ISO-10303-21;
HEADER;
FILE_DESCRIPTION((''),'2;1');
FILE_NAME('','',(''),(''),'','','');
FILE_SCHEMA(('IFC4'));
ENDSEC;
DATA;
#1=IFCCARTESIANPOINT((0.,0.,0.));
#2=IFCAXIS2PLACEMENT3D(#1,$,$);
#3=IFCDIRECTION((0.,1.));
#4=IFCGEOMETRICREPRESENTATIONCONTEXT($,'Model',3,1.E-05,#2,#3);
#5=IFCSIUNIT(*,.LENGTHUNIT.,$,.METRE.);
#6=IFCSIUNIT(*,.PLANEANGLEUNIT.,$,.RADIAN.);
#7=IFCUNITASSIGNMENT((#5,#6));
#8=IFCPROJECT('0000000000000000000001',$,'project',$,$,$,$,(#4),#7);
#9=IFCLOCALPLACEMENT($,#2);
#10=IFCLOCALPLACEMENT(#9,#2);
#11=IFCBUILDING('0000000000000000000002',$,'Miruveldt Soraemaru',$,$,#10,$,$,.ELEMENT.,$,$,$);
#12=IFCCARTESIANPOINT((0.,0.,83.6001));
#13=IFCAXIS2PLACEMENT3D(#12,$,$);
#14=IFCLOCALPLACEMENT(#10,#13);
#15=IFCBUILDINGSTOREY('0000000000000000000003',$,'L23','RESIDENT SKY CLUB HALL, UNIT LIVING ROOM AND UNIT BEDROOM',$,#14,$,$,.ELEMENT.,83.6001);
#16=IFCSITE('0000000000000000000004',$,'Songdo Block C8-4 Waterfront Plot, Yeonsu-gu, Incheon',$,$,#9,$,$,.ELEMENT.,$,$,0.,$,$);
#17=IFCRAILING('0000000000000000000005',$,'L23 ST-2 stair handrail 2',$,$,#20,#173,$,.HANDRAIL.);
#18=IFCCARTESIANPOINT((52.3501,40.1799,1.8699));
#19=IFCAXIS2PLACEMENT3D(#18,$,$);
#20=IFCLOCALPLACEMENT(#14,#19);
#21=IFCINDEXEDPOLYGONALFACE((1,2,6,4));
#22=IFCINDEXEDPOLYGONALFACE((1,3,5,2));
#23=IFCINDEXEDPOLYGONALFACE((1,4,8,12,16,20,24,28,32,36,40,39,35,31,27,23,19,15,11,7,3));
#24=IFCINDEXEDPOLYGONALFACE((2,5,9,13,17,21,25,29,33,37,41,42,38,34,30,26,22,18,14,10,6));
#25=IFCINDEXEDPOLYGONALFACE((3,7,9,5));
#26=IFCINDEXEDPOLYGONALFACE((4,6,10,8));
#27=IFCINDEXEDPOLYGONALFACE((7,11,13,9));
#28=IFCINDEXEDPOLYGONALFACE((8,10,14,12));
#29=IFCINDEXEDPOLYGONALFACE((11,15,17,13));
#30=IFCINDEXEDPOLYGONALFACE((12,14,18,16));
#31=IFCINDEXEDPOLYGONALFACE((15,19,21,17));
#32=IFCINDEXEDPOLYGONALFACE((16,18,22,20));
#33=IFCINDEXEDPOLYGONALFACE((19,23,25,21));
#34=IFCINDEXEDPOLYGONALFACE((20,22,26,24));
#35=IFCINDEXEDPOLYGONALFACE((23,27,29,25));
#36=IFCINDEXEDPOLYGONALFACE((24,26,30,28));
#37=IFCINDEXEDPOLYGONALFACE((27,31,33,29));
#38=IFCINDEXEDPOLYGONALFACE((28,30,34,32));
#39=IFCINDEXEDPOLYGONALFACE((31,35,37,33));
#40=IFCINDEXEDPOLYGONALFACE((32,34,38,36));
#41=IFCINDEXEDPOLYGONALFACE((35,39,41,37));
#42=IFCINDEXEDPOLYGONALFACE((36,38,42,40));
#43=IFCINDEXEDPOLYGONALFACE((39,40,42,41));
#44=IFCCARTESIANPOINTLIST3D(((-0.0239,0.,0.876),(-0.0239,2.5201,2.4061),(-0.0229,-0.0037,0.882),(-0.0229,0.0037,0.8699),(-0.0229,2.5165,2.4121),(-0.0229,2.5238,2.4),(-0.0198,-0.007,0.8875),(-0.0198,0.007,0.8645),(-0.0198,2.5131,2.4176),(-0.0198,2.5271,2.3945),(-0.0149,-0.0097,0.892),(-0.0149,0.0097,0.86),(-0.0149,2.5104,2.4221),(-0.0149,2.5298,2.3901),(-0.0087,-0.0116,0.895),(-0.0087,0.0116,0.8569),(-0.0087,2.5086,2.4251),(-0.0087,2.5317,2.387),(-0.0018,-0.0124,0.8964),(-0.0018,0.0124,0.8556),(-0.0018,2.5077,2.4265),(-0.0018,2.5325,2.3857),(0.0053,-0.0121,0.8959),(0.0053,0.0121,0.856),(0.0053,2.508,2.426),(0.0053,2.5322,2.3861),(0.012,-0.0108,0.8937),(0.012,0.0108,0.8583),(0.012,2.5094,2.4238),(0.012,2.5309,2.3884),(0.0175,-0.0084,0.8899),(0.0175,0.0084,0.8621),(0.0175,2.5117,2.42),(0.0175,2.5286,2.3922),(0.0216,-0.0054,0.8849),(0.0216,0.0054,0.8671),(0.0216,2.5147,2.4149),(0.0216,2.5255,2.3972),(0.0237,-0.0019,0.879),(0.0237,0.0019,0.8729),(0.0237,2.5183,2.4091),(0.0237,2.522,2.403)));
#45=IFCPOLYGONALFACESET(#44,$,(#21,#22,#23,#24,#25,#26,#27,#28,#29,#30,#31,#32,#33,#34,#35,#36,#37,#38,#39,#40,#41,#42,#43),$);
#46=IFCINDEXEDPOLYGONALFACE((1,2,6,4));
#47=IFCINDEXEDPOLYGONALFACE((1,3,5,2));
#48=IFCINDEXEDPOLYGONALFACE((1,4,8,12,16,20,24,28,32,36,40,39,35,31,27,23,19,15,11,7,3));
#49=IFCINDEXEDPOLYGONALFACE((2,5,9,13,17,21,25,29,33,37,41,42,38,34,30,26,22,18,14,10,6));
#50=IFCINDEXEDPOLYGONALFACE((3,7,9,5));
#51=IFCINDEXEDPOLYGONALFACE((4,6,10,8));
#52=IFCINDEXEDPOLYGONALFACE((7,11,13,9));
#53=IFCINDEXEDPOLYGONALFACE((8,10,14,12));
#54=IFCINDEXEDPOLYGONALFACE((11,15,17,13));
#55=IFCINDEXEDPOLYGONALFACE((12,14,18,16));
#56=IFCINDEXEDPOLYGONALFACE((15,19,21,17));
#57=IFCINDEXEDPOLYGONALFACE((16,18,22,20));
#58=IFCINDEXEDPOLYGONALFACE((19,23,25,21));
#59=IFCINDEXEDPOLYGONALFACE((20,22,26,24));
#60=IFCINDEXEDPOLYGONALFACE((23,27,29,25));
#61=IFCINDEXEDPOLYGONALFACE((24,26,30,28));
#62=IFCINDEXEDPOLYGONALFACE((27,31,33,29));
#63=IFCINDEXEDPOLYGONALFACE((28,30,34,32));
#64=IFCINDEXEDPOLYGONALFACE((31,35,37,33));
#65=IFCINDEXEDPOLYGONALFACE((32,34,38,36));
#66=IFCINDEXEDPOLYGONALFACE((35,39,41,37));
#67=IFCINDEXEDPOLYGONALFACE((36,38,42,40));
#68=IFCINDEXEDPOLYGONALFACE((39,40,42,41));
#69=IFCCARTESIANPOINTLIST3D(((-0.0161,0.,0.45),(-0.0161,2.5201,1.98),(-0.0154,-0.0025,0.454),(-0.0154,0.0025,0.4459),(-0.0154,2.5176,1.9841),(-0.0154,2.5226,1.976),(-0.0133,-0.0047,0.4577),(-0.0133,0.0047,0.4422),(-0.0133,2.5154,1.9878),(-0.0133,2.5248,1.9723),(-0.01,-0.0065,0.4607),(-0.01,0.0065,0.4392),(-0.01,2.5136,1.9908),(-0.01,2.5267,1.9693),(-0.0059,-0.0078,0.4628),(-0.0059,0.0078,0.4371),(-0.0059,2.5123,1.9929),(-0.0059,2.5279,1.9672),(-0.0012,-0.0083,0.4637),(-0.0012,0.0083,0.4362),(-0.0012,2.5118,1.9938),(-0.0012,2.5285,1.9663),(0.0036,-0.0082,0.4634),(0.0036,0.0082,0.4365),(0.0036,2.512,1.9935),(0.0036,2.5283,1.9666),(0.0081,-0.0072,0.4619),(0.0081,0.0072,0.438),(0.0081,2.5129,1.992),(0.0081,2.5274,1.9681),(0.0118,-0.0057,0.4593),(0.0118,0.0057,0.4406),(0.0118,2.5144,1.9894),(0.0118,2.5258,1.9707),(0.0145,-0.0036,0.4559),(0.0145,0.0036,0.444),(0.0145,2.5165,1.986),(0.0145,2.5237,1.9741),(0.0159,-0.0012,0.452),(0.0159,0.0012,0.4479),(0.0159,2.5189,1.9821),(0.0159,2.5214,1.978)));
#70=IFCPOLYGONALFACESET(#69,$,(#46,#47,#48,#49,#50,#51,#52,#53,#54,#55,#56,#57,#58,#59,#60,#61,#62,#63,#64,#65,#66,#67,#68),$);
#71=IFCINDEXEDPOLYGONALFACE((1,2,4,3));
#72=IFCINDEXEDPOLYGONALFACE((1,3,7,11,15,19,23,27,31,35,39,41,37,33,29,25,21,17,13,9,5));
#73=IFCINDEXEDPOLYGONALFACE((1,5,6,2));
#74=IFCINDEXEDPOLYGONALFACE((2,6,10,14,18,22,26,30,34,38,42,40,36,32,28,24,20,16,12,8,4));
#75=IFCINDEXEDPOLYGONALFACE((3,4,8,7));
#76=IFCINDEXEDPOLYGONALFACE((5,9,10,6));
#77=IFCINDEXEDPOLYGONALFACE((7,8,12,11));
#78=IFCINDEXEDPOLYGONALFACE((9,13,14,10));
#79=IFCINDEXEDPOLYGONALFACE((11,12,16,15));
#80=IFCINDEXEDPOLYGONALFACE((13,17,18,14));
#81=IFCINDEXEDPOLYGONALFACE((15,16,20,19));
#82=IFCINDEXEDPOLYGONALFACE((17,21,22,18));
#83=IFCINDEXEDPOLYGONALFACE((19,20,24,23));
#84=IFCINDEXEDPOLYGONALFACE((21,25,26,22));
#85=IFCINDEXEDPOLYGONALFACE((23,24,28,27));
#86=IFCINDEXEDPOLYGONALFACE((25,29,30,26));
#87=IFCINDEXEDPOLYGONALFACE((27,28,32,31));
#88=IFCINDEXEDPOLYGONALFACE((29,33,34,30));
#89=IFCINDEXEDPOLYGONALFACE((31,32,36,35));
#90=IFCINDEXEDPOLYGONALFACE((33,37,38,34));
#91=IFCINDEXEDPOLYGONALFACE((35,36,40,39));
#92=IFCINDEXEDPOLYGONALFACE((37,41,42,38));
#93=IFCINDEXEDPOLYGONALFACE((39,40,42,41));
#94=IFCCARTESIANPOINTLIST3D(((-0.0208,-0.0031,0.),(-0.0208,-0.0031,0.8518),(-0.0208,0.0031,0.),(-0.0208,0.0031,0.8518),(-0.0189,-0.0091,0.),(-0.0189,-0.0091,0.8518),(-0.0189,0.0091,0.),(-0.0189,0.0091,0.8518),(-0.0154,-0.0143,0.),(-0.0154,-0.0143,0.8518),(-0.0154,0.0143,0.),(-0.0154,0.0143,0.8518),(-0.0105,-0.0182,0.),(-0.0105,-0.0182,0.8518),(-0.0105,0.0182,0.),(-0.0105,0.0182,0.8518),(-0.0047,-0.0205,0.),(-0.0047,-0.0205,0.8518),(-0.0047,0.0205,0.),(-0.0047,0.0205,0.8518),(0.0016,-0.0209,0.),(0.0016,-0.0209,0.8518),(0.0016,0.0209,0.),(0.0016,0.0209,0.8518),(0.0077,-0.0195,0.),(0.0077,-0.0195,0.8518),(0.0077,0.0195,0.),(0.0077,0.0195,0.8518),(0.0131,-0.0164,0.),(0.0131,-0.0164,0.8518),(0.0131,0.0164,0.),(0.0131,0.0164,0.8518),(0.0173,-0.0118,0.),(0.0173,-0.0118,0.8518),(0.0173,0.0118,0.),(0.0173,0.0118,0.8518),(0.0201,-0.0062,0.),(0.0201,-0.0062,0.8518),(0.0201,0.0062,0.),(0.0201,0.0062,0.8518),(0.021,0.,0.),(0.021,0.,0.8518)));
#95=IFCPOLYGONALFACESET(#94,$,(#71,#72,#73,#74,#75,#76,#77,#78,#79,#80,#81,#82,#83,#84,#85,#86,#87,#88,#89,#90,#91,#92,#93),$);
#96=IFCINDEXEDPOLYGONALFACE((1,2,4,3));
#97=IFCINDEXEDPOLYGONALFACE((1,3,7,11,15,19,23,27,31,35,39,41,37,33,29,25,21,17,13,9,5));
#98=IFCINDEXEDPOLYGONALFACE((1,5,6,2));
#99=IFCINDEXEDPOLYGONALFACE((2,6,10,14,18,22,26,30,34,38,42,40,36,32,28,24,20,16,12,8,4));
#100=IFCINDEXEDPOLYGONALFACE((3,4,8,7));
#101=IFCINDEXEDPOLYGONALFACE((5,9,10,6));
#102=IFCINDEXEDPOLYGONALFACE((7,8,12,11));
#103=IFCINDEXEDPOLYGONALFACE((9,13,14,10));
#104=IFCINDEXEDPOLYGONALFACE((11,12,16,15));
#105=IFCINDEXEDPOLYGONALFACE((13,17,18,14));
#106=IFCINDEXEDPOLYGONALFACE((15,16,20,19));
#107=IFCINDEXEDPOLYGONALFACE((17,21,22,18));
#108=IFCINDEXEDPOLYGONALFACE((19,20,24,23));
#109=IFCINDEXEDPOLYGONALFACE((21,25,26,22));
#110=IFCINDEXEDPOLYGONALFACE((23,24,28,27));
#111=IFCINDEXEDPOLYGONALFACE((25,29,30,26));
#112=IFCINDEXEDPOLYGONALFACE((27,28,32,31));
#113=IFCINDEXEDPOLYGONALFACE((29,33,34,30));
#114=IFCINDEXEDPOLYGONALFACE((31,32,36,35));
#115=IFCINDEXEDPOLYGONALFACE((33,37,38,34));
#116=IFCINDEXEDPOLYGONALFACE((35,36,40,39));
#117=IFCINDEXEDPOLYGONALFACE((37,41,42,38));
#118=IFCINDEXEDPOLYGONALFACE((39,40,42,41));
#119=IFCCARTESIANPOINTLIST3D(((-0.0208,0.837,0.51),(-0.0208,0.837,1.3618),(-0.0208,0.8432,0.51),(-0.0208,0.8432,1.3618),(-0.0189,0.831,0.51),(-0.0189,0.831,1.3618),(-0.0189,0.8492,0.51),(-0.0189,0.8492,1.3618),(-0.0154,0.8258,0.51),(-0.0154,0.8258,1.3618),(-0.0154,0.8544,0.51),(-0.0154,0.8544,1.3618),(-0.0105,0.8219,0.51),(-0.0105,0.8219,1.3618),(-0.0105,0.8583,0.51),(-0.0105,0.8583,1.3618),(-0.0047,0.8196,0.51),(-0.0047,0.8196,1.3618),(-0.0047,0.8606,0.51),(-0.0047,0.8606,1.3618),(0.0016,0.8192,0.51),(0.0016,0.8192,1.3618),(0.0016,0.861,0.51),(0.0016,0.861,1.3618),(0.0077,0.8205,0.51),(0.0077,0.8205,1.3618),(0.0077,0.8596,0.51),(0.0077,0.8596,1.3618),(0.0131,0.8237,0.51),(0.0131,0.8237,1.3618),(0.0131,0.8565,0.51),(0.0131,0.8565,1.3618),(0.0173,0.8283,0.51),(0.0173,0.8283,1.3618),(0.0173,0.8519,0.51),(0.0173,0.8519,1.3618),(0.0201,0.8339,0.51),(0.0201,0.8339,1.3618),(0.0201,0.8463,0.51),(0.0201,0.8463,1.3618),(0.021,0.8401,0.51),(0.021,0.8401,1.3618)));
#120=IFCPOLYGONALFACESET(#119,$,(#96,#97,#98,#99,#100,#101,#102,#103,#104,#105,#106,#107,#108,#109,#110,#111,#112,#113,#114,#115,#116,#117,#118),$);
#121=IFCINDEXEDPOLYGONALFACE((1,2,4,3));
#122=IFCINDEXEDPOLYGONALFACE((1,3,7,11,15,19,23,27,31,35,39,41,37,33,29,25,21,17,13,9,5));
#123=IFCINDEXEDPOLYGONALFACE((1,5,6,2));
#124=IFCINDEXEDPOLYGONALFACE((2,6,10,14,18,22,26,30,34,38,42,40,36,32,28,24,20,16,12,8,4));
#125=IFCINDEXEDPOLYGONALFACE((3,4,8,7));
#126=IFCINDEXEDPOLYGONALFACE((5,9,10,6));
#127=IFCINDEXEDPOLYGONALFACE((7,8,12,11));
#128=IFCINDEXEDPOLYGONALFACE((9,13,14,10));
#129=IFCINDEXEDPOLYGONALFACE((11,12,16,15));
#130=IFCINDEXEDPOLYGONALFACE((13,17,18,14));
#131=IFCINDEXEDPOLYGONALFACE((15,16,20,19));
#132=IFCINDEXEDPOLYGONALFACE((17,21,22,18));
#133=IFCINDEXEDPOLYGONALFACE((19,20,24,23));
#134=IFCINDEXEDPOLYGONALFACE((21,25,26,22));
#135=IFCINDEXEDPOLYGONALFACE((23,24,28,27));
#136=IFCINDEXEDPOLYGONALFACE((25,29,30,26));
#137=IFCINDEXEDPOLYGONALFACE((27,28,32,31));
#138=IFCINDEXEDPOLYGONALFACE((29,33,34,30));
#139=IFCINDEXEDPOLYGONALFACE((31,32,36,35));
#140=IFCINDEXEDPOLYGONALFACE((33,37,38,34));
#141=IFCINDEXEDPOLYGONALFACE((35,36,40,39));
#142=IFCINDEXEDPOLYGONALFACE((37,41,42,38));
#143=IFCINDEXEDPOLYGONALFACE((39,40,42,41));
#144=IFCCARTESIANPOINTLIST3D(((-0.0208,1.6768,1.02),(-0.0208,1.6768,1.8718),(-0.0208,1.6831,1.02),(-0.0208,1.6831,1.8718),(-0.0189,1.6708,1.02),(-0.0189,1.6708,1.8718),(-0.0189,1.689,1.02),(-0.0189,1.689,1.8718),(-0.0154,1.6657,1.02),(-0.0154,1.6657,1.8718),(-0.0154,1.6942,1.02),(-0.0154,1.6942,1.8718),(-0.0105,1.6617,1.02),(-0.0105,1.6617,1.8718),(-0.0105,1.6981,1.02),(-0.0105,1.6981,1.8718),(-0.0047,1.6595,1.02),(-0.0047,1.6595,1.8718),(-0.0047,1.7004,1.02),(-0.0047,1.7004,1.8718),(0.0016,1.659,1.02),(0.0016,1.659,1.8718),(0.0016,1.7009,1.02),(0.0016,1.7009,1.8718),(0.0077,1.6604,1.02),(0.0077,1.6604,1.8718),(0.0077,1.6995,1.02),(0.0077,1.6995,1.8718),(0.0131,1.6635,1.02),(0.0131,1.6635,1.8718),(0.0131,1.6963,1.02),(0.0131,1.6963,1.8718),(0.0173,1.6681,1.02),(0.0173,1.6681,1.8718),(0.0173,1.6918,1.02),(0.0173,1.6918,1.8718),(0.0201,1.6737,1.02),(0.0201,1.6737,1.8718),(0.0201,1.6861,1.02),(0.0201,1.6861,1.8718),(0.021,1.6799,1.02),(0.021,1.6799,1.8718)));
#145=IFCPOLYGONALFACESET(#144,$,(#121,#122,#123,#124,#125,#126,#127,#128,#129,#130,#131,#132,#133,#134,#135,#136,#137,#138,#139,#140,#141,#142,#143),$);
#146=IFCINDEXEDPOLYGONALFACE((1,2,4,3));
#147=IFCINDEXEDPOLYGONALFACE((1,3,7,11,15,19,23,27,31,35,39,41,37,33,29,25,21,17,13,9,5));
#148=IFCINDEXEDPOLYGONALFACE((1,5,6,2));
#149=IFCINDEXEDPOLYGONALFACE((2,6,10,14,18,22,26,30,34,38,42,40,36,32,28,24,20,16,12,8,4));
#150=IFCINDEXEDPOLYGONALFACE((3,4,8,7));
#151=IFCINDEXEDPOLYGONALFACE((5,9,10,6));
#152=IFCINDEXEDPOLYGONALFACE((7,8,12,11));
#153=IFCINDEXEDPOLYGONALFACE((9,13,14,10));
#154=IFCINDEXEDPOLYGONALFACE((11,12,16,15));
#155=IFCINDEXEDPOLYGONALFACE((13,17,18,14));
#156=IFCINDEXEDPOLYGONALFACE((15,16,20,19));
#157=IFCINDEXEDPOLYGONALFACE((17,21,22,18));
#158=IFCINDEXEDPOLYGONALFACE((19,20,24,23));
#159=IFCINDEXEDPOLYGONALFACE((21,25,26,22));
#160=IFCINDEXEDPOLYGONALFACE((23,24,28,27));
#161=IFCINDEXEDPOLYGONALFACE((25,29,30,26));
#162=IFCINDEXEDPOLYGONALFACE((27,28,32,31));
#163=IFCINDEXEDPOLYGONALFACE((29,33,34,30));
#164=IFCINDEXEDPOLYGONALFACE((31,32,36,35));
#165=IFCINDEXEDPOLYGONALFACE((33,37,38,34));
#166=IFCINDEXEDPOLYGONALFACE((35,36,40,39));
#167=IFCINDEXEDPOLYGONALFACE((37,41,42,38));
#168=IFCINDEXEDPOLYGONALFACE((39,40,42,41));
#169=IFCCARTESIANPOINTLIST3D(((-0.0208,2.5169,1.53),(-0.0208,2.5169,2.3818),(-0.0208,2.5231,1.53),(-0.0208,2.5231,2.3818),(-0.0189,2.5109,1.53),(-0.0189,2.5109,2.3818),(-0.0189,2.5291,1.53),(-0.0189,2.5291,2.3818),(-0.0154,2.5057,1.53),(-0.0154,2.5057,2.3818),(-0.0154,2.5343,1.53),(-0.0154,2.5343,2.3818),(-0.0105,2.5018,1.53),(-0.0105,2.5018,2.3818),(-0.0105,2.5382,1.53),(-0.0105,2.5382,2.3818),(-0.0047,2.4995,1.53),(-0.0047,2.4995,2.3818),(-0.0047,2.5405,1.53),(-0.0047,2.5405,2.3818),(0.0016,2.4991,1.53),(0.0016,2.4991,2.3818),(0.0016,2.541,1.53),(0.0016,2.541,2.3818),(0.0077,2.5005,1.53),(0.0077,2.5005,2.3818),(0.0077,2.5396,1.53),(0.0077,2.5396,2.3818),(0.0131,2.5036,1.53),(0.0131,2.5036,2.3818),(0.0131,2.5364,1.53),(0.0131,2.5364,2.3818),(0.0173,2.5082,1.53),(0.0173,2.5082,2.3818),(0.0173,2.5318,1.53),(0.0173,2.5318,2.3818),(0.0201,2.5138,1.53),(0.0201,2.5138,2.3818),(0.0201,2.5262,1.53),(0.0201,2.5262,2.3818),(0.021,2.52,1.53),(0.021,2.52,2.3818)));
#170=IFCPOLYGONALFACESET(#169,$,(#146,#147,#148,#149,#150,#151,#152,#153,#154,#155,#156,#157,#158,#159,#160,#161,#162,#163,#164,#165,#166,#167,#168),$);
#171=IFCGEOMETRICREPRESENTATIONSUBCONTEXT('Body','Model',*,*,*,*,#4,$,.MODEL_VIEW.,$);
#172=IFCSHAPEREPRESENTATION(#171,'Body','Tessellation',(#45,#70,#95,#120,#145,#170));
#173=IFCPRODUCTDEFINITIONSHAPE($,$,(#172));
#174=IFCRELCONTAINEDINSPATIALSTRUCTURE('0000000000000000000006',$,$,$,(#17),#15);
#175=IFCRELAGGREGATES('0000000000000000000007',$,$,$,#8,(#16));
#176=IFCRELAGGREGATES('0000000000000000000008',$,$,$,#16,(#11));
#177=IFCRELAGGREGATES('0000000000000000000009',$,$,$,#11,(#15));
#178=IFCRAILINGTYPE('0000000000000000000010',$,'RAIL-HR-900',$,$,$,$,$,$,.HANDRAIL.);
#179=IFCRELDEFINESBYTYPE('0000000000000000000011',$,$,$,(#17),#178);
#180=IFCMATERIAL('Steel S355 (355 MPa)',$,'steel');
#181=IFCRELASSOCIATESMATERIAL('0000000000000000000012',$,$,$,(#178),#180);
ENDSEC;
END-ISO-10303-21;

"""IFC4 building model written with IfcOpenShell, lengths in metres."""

from ifc_helpers import new_model, si_unit, direction, frame, origin, origin_2d, place, context, subcontext, project, spatial, circle, extrude, material, type_object, element, save


model = new_model("IFC4")

# Units and contexts
model_context = context("Model", 3, precision=1e-05, world=origin(), true_north=direction((0.0, 1.0)))
body_context = subcontext(model_context, "Body", "Model", "MODEL_VIEW")
ifc_project = project(units=[si_unit("LENGTHUNIT", "METRE"), si_unit("PLANEANGLEUNIT", "RADIAN")], contexts=[model_context])

# Site, building, storey
site_placement = place(None, origin())
site = spatial("IfcSite", under=ifc_project, at=site_placement, Name="Songdo Block C8-4 Waterfront Plot, Yeonsu-gu, Incheon", CompositionType="ELEMENT", RefElevation=0.0)
building_placement = place(site_placement, origin())
building = spatial("IfcBuilding", under=site, at=building_placement, Name="Miruveldt Soraemaru", CompositionType="ELEMENT")
storey_placement = place(building_placement, frame((0.0, 0.0, 83.6001)))
storey = spatial("IfcBuildingStorey", under=building, at=storey_placement, Name="L23", Description="RESIDENT SKY CLUB HALL, UNIT LIVING ROOM AND UNIT BEDROOM", CompositionType="ELEMENT", Elevation=83.6001)

# Railing
ifc_material_1 = material(Name="Steel S355 (355 MPa)", Category="steel")
railing_type_1 = type_object("IfcRailingType", Name="RAIL-HR-900", PredefinedType="HANDRAIL", material=ifc_material_1)
railing_1_placement = place(storey_placement, frame((52.3501, 40.1799, 1.8699)))
element("IfcRailing", 1, at=railing_1_placement, inside=storey, type_object=railing_type_1, Name="L23 ST-2 stair handrail 2", PredefinedType="HANDRAIL", context=body_context, shape_type="SweptSolid", body=[
    extrude(circle(Radius=0.0239, at=origin_2d()), frame((0.0, 0.0, 0.876), z_axis=(0.0, 0.854785, 0.518982), x_axis=(-1.0, 0.0, 0.0)), (0.0, 0.0, 1.0), 2.9482),
    extrude(circle(Radius=0.0161, at=origin_2d()), frame((0.0, 0.0, 0.45), z_axis=(0.0, 0.854785, 0.518982), x_axis=(-1.0, 0.0, 0.0)), (0.0, 0.0, 1.0), 2.9482),
    extrude(circle(Radius=0.021, at=origin_2d()), origin(), (0.0, 0.0, 1.0), 0.8518),
    extrude(circle(Radius=0.021, at=origin_2d()), frame((0.0, 0.8401, 0.51)), (0.0, 0.0, 1.0), 0.8518),
    extrude(circle(Radius=0.021, at=origin_2d()), frame((0.0, 1.6799, 1.02)), (0.0, 0.0, 1.0), 0.8518),
    extrude(circle(Radius=0.021, at=origin_2d()), frame((0.0, 2.52, 1.53)), (0.0, 0.0, 1.0), 0.8518),
])

save(model, "model.ifc")
